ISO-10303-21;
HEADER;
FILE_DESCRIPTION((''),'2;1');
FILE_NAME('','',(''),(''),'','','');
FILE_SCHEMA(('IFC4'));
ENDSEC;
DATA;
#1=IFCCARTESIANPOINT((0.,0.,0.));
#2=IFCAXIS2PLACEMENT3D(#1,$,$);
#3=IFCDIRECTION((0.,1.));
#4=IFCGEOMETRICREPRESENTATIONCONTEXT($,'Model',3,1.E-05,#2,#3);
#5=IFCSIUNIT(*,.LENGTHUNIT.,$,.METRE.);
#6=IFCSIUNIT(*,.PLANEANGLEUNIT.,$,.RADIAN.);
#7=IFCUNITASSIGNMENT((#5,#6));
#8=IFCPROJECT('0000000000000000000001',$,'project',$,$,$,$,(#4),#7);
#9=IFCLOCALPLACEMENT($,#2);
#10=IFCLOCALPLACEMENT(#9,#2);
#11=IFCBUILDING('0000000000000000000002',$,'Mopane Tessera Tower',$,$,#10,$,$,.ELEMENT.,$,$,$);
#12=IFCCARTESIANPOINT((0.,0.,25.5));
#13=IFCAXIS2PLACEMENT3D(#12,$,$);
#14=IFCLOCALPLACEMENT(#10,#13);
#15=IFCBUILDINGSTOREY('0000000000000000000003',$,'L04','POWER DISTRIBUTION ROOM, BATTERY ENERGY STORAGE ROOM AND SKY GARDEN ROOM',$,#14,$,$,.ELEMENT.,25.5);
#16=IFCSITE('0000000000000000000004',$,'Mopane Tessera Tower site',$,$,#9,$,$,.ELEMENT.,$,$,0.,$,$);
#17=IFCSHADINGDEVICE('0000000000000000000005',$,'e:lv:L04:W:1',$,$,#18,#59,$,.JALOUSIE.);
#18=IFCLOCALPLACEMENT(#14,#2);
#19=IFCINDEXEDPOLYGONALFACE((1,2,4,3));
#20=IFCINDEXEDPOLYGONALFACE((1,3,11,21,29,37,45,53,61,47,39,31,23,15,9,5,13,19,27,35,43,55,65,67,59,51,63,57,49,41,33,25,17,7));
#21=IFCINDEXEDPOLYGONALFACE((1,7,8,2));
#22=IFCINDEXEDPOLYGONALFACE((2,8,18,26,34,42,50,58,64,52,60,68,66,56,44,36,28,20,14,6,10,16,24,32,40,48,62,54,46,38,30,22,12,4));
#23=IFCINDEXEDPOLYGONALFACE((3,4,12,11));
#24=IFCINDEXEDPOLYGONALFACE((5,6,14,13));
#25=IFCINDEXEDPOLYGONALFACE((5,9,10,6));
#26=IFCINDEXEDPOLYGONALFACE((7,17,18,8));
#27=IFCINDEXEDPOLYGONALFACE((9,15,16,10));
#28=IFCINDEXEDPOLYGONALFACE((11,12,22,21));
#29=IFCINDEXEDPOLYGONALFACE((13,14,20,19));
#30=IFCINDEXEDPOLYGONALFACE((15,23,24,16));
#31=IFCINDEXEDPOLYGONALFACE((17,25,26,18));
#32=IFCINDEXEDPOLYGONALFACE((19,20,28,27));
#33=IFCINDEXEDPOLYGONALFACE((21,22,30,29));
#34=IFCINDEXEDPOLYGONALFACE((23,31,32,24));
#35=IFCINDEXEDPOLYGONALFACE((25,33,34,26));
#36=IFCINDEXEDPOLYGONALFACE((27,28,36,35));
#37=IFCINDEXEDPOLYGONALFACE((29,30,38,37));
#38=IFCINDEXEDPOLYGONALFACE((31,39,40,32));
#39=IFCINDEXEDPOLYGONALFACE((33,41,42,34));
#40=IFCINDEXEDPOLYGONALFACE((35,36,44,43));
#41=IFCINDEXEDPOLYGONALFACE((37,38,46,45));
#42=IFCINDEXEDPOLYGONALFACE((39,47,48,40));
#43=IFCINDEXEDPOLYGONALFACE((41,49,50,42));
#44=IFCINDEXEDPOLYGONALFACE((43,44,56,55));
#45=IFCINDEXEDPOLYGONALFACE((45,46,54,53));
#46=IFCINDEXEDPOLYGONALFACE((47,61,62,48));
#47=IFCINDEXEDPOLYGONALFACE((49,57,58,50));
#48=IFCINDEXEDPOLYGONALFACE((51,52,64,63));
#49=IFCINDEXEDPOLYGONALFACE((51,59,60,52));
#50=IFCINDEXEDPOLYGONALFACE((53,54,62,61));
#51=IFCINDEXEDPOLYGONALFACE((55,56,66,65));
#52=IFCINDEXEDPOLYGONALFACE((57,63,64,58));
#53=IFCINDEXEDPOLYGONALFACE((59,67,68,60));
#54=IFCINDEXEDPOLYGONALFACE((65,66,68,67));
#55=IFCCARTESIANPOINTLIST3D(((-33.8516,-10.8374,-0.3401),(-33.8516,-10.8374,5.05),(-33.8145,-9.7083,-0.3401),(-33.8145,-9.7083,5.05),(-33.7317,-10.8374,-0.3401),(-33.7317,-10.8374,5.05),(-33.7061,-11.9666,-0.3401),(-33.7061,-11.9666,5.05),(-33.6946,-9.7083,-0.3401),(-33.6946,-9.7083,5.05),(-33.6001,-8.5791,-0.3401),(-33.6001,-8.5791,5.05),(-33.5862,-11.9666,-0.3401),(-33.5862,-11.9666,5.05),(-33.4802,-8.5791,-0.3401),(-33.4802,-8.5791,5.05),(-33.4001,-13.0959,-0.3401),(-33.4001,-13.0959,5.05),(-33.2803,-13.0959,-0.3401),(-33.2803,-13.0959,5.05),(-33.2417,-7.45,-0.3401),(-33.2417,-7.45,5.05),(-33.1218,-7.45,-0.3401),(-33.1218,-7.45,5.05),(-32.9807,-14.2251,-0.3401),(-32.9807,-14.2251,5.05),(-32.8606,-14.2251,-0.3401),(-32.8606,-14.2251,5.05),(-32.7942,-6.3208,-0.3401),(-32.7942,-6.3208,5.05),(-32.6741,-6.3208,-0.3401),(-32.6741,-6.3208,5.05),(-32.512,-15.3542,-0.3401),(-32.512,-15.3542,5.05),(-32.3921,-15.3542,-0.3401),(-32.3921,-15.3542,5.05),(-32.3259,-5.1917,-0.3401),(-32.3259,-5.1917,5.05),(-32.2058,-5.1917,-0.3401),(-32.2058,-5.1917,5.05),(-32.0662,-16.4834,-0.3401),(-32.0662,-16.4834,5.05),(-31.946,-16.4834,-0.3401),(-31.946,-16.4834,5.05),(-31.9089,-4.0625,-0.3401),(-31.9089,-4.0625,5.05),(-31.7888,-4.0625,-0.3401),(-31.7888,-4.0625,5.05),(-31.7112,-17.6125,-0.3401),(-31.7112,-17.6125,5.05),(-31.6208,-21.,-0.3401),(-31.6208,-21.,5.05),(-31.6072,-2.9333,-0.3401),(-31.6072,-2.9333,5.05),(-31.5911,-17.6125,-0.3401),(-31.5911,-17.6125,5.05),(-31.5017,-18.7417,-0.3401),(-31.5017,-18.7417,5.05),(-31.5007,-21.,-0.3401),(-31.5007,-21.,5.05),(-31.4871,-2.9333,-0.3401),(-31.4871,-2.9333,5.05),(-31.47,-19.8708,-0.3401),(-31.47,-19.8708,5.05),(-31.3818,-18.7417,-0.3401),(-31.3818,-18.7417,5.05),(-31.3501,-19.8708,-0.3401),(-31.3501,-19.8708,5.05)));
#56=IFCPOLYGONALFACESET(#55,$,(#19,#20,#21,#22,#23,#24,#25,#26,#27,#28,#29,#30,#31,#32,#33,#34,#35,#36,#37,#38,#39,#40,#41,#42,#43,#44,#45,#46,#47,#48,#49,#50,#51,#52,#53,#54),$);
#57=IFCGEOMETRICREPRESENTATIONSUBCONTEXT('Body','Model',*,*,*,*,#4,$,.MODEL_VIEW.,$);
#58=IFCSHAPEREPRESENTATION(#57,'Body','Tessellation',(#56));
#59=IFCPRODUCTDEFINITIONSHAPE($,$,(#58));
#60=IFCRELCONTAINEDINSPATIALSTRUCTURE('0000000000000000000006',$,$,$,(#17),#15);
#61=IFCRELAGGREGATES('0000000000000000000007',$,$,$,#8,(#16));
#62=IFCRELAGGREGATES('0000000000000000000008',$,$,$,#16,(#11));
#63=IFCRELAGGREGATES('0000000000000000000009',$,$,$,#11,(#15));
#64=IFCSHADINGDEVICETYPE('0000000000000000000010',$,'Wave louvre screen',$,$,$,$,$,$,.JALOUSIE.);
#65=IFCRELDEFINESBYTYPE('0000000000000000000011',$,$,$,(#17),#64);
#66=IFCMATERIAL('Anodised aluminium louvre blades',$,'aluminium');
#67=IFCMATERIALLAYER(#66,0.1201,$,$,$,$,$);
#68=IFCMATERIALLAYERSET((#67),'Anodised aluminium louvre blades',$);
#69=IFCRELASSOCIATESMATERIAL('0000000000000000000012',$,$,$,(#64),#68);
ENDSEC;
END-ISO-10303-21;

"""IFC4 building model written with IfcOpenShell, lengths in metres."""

from ifc_helpers import new_model, si_unit, direction, frame, origin, place, context, subcontext, project, spatial, polyline, outline, extrude, material, layer, layer_set, type_object, element, save


model = new_model("IFC4")

# Units and contexts
model_context = context("Model", 3, precision=1e-05, world=origin(), true_north=direction((0.0, 1.0)))
body_context = subcontext(model_context, "Body", "Model", "MODEL_VIEW")
ifc_project = project(units=[si_unit("LENGTHUNIT", "METRE"), si_unit("PLANEANGLEUNIT", "RADIAN")], contexts=[model_context])

# Site, building, storey
site_placement = place(None, origin())
site = spatial("IfcSite", under=ifc_project, at=site_placement, Name="Mopane Tessera Tower site", CompositionType="ELEMENT", RefElevation=0.0)
building_placement = place(site_placement, origin())
building = spatial("IfcBuilding", under=site, at=building_placement, Name="Mopane Tessera Tower", CompositionType="ELEMENT")
storey_placement = place(building_placement, frame((0.0, 0.0, 25.5)))
storey = spatial("IfcBuildingStorey", under=building, at=storey_placement, Name="L04", Description="POWER DISTRIBUTION ROOM, BATTERY ENERGY STORAGE ROOM AND SKY GARDEN ROOM", CompositionType="ELEMENT", Elevation=25.5)

# Shading device
ifc_material_1 = material(Name="Anodised aluminium louvre blades", Category="aluminium")
ifc_layer_1 = layer(ifc_material_1, 0.1201)
ifc_layer_set_1 = layer_set([ifc_layer_1], Name="Anodised aluminium louvre blades")
shading_device_type = type_object("IfcShadingDeviceType", Name="Wave louvre screen", PredefinedType="JALOUSIE", material=ifc_layer_set_1)
shading_device_1_placement = place(storey_placement, frame((0.0, 0.0, -0.3401)))
element("IfcShadingDevice", 1, at=shading_device_1_placement, inside=storey, type_object=shading_device_type, Name="e:lv:L04:W:1", PredefinedType="JALOUSIE", context=body_context, shape_type="SweptSolid", body=[
    extrude(outline(polyline([(-31.4871, -2.9333), (-31.7888, -4.0625), (-32.2058, -5.1917), (-32.6741, -6.3208), (-33.1218, -7.45), (-33.4802, -8.5791), (-33.6946, -9.7083), (-33.7317, -10.8374), (-33.5862, -11.9666), (-33.2803, -13.0959), (-32.8606, -14.2251), (-32.3921, -15.3542), (-31.946, -16.4834), (-31.5911, -17.6125), (-31.3818, -18.7417), (-31.3501, -19.8708), (-31.5007, -21.0), (-31.6208, -21.0), (-31.47, -19.8708), (-31.5017, -18.7417), (-31.7112, -17.6125), (-32.0662, -16.4834), (-32.512, -15.3542), (-32.9807, -14.2251), (-33.4001, -13.0959), (-33.7061, -11.9666), (-33.8516, -10.8374), (-33.8145, -9.7083), (-33.6001, -8.5791), (-33.2417, -7.45), (-32.7942, -6.3208), (-32.3259, -5.1917), (-31.9089, -4.0625), (-31.6072, -2.9333), (-31.4871, -2.9333)])), origin(), (0.0, 0.0, 1.0), 5.3901),
])

save(model, "model.ifc")
